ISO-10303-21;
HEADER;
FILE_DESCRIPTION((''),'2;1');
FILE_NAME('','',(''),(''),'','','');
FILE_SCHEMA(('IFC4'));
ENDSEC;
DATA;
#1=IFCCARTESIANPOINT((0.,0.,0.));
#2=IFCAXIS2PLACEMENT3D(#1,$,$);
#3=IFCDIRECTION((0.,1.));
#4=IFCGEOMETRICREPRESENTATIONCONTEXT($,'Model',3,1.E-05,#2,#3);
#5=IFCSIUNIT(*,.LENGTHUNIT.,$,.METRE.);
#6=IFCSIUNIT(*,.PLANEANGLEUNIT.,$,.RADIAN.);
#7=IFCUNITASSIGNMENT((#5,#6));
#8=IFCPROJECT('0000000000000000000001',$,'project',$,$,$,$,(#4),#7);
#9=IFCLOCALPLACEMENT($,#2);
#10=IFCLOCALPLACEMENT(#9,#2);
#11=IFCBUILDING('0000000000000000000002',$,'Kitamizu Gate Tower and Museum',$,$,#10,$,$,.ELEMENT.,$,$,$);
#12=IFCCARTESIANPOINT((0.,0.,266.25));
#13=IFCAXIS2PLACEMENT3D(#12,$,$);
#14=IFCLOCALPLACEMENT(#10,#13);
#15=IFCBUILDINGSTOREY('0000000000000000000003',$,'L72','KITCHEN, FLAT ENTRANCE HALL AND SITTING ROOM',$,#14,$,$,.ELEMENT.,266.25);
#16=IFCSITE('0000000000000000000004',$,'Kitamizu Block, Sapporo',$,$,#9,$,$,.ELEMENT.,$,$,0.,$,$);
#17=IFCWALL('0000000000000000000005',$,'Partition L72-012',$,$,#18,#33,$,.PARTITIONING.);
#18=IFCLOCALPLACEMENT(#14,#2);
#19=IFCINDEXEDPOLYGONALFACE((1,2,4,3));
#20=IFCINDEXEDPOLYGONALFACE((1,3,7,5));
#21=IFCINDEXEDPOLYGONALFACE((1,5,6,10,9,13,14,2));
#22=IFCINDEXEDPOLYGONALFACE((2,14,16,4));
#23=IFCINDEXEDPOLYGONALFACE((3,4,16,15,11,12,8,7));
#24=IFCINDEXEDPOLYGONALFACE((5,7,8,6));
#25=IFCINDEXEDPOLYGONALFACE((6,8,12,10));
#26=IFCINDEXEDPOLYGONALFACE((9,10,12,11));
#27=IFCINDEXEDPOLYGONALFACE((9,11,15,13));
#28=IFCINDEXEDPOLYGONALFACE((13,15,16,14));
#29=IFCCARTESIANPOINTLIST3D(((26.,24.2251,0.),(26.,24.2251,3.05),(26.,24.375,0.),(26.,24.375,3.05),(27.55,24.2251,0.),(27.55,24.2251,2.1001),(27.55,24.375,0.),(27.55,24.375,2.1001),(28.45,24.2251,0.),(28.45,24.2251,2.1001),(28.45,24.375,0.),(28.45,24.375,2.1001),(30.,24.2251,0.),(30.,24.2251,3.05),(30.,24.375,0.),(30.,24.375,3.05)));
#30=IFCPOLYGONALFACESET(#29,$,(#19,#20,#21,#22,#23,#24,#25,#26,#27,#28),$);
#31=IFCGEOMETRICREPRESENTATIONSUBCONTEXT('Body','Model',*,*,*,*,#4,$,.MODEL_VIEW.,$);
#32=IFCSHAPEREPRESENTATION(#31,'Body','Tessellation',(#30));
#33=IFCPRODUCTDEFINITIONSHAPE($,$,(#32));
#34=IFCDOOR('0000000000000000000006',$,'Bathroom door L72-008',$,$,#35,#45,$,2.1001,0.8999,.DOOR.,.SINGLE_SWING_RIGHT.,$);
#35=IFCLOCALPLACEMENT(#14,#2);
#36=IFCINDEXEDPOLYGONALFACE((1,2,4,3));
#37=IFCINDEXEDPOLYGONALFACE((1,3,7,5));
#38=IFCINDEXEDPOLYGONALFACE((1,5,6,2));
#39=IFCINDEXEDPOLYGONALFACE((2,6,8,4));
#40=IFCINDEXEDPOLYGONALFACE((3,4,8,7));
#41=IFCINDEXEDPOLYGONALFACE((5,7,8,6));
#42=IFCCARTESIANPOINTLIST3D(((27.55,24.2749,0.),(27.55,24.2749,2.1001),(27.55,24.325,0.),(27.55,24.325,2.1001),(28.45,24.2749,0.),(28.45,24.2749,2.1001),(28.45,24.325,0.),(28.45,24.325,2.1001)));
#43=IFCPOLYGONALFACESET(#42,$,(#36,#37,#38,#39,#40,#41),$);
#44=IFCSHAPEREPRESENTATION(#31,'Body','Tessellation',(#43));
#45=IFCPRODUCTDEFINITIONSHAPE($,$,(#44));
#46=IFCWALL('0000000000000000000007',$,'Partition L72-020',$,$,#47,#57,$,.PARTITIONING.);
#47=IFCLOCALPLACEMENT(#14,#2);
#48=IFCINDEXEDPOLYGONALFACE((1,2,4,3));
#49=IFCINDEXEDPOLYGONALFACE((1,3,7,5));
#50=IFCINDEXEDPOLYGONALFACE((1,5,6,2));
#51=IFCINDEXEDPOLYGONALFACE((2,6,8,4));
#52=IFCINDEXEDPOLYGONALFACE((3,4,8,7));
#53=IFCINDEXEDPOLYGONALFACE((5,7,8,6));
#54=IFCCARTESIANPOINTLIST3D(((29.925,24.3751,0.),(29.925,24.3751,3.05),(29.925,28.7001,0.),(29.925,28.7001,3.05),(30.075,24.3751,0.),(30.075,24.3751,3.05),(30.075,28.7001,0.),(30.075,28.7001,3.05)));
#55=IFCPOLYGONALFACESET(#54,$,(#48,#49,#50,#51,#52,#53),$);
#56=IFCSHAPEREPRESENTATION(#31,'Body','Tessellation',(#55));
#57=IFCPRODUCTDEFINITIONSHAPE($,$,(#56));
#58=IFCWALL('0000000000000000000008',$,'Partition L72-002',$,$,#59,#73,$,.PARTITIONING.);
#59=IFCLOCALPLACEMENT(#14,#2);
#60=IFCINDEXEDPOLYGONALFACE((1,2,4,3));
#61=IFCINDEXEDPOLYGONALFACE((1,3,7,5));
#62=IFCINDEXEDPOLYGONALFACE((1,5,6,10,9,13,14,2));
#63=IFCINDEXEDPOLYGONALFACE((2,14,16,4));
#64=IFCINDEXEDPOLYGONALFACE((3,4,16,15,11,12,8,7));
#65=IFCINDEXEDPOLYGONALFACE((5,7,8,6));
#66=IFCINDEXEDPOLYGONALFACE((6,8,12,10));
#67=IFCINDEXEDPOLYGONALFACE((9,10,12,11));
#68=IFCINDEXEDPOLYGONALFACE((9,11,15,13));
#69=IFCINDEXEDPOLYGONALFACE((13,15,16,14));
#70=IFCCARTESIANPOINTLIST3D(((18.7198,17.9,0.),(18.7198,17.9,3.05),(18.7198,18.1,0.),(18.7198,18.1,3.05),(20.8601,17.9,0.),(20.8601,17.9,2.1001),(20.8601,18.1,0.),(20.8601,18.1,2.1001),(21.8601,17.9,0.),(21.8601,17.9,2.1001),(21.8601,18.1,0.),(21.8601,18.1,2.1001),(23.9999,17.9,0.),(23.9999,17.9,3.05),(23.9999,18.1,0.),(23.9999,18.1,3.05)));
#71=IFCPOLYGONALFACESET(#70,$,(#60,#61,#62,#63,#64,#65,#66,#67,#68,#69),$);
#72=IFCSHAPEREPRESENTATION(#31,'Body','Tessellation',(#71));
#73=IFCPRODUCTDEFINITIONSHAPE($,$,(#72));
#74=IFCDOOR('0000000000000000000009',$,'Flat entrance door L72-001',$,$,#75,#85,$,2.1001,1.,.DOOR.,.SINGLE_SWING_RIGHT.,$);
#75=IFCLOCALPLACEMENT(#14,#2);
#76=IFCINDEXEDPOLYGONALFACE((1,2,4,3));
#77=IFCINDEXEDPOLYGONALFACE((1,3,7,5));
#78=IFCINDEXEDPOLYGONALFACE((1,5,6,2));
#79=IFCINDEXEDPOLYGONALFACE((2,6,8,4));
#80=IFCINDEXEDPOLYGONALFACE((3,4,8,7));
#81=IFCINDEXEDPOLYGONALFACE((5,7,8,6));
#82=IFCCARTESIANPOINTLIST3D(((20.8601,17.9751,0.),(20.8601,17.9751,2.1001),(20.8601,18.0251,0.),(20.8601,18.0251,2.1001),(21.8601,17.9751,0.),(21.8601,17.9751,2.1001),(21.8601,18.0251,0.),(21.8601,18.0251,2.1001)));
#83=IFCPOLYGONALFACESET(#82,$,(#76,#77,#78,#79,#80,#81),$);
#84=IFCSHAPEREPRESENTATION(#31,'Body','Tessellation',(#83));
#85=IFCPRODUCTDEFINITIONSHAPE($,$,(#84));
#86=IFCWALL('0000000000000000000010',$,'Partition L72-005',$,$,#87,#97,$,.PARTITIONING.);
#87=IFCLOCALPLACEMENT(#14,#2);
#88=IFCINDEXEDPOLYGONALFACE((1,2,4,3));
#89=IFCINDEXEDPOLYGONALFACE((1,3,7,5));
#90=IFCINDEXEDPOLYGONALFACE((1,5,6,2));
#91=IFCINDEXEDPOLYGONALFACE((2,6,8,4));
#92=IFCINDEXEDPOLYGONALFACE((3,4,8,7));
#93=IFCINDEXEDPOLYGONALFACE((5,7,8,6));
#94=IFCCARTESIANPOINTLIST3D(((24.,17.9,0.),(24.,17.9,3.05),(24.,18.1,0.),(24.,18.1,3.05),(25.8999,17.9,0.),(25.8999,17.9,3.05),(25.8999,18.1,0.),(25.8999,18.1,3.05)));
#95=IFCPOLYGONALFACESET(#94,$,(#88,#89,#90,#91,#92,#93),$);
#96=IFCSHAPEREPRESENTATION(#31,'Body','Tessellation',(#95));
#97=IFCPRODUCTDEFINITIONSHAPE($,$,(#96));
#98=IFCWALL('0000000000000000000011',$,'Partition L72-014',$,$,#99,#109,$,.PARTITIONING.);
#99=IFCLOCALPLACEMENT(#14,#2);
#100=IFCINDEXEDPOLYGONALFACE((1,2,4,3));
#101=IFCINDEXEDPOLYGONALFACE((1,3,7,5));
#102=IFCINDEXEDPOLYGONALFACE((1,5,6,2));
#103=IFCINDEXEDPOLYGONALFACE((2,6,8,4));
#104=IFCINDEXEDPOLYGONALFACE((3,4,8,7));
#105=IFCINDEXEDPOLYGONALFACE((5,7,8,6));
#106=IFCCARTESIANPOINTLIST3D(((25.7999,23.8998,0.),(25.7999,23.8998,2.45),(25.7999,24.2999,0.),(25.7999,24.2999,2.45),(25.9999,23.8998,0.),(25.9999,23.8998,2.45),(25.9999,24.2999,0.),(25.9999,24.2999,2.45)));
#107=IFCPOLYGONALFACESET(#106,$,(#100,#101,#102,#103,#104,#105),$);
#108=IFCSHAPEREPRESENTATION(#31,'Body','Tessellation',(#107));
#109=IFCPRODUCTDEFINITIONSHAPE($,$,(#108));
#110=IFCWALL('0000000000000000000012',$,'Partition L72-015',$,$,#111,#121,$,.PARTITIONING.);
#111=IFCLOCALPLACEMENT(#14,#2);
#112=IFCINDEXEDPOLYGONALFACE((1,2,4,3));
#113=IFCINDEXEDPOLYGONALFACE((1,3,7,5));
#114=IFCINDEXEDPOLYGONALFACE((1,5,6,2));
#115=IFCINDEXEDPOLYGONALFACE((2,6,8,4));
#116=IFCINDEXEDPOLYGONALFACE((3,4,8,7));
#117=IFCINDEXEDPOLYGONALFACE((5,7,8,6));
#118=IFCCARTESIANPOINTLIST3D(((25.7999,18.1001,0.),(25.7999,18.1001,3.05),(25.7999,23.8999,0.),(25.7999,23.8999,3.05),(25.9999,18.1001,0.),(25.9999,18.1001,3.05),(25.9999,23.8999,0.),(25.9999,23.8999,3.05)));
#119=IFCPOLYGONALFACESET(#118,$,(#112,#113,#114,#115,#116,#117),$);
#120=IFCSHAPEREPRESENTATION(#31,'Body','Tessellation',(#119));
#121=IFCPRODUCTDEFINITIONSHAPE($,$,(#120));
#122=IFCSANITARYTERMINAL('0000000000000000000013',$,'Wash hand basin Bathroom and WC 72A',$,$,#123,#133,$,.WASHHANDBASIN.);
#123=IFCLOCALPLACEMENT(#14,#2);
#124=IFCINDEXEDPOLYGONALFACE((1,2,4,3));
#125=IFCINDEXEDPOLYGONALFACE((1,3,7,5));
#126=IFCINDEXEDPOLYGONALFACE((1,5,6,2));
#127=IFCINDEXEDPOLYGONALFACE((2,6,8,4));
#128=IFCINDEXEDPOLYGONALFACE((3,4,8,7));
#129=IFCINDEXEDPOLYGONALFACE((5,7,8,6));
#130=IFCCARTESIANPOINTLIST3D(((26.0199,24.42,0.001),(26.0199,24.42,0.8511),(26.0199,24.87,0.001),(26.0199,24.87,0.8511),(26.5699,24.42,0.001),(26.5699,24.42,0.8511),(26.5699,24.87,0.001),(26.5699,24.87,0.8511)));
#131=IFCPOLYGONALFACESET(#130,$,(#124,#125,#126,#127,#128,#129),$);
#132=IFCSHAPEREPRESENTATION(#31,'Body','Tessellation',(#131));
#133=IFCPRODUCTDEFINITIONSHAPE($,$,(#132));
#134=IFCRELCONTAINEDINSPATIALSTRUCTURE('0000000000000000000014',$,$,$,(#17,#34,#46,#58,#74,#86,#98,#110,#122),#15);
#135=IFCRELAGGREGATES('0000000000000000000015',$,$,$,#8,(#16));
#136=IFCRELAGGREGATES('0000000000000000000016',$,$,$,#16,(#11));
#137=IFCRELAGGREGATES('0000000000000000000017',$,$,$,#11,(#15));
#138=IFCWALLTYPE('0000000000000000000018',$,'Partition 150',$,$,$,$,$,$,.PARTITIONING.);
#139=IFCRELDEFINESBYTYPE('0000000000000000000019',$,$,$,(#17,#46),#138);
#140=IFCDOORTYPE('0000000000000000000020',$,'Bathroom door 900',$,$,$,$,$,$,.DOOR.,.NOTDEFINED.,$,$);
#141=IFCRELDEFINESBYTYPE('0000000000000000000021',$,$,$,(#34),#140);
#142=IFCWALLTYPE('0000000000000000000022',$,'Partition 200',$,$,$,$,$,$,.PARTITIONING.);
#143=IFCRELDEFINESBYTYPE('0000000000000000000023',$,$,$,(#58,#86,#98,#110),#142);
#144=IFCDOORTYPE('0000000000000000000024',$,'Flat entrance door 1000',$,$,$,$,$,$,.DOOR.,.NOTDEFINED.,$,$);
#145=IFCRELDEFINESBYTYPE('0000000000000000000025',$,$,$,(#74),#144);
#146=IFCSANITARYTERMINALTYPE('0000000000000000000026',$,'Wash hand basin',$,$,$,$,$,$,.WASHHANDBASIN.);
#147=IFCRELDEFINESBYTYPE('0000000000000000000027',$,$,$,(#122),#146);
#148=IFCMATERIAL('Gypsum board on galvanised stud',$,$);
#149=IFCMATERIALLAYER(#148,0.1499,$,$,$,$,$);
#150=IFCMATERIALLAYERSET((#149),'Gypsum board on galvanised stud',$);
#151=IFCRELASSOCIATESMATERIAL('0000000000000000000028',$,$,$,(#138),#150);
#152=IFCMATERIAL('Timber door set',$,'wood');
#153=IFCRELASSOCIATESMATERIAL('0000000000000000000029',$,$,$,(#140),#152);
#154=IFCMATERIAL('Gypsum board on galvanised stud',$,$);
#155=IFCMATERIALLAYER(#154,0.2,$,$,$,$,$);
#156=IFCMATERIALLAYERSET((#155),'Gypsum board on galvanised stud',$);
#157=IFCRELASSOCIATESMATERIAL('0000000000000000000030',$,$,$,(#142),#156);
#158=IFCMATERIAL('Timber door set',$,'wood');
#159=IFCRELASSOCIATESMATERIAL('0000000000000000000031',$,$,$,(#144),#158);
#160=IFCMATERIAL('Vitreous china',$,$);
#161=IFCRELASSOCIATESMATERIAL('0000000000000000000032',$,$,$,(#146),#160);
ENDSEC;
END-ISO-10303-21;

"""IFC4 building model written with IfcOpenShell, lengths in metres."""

from ifc_helpers import new_model, si_unit, direction, frame, frame_2d, origin, origin_2d, place, context, subcontext, project, spatial, rectangle, extrude, material, layer, layer_set, type_object, element, fill, save


model = new_model("IFC4")

# Units and contexts
model_context = context("Model", 3, precision=1e-05, world=origin(), true_north=direction((0.0, 1.0)))
body_context = subcontext(model_context, "Body", "Model", "MODEL_VIEW")
ifc_project = project(units=[si_unit("LENGTHUNIT", "METRE"), si_unit("PLANEANGLEUNIT", "RADIAN")], contexts=[model_context])

# Site, building, storey
site_placement = place(None, origin())
site = spatial("IfcSite", under=ifc_project, at=site_placement, Name="Kitamizu Block, Sapporo", CompositionType="ELEMENT", RefElevation=0.0)
building_placement = place(site_placement, origin())
building = spatial("IfcBuilding", under=site, at=building_placement, Name="Kitamizu Gate Tower and Museum", CompositionType="ELEMENT")
storey_placement = place(building_placement, frame((0.0, 0.0, 266.25)))
storey = spatial("IfcBuildingStorey", under=building, at=storey_placement, Name="L72", Description="KITCHEN, FLAT ENTRANCE HALL AND SITTING ROOM", CompositionType="ELEMENT", Elevation=266.25)

# Wall, opening, door
ifc_material_1 = material(Name="Gypsum board on galvanised stud")
ifc_layer_1 = layer(ifc_material_1, 0.1499)
ifc_layer_set_1 = layer_set([ifc_layer_1], Name="Gypsum board on galvanised stud")
wall_type_1 = type_object("IfcWallType", Name="Partition 150", PredefinedType="PARTITIONING", material=ifc_layer_set_1)
wall_1_placement = place(storey_placement, frame((30.0, 24.3, 0.0), z_axis=(0.0, 0.0, 1.0), x_axis=(-1.0, 0.0, 0.0)))
wall_1 = element("IfcWall", 1, at=wall_1_placement, inside=storey, type_object=wall_type_1, Name="Partition L72-012", PredefinedType="PARTITIONING", context=body_context, shape_type="SweptSolid", body=[
    extrude(rectangle(XDim=4.0, YDim=0.1499, at=frame_2d((2.0, 0.0))), origin(), (0.0, 0.0, 1.0), 3.05),
])
opening_1_placement = place(wall_1_placement, frame((1.55, 0.0, 0.0)))
opening_1 = element("IfcOpeningElement", 2, at=opening_1_placement, cuts=wall_1, PredefinedType="OPENING", context=body_context, shape_type="SweptSolid", body=[
    extrude(rectangle(XDim=0.8999, YDim=2.1001, at=frame_2d((0.45, 1.05))), frame((0.0, 0.085, 0.0), z_axis=(0.0, -1.0, 0.0), x_axis=(1.0, 0.0, 0.0)), (0.0, 0.0, 1.0), 0.1699),
])
ifc_material_2 = material(Name="Timber door set", Category="wood")
door_type_1 = type_object("IfcDoorType", Name="Bathroom door 900", OperationType="NOTDEFINED", PredefinedType="DOOR", material=ifc_material_2)
door_1_placement = place(opening_1_placement, frame((0.8999, 0.0, 0.0), x_axis=(-1.0, 0.0, 0.0)))
door_1 = element("IfcDoor", 3, at=door_1_placement, inside=storey, type_object=door_type_1, Name="Bathroom door L72-008", OperationType="SINGLE_SWING_RIGHT", OverallHeight=2.1001, OverallWidth=0.8999, PredefinedType="DOOR", context=body_context, shape_type="SweptSolid", body=[
    extrude(rectangle(XDim=0.8999, YDim=2.1001, at=frame_2d((0.45, 1.05))), frame((0.0, 0.0249, 0.0), z_axis=(0.0, -1.0, 0.0), x_axis=(1.0, 0.0, 0.0)), (0.0, 0.0, 1.0), 0.05),
])
fill(opening_1, door_1)

# Wall
wall_2_placement = place(storey_placement, frame((30.0, 24.375, 0.0), z_axis=(0.0, 0.0, 1.0), x_axis=(0.0, 1.0, 0.0)))
element("IfcWall", 4, at=wall_2_placement, inside=storey, type_object=wall_type_1, Name="Partition L72-020", PredefinedType="PARTITIONING", context=body_context, shape_type="SweptSolid", body=[
    extrude(rectangle(XDim=4.325, YDim=0.1499, at=frame_2d((2.1626, 0.0))), origin(), (0.0, 0.0, 1.0), 3.05),
])

# Wall, opening, door
ifc_material_3 = material(Name="Gypsum board on galvanised stud")
ifc_layer_2 = layer(ifc_material_3, 0.2)
ifc_layer_set_2 = layer_set([ifc_layer_2], Name="Gypsum board on galvanised stud")
wall_type_2 = type_object("IfcWallType", Name="Partition 200", PredefinedType="PARTITIONING", material=ifc_layer_set_2)
wall_3_placement = place(storey_placement, frame((24.0, 18.0, 0.0), z_axis=(0.0, 0.0, 1.0), x_axis=(-1.0, 0.0, 0.0)))
wall_3 = element("IfcWall", 5, at=wall_3_placement, inside=storey, type_object=wall_type_2, Name="Partition L72-002", PredefinedType="PARTITIONING", context=body_context, shape_type="SweptSolid", body=[
    extrude(rectangle(XDim=5.28, YDim=0.2, at=frame_2d((2.6401, 0.0))), origin(), (0.0, 0.0, 1.0), 3.05),
])
opening_2_placement = place(wall_3_placement, frame((2.1399, 0.0, 0.0)))
opening_2 = element("IfcOpeningElement", 6, at=opening_2_placement, cuts=wall_3, PredefinedType="OPENING", context=body_context, shape_type="SweptSolid", body=[
    extrude(rectangle(XDim=1.0, YDim=2.1001, at=frame_2d((0.5, 1.05))), frame((0.0, 0.1099, 0.0), z_axis=(0.0, -1.0, 0.0), x_axis=(1.0, 0.0, 0.0)), (0.0, 0.0, 1.0), 0.22),
])
ifc_material_4 = material(Name="Timber door set", Category="wood")
door_type_2 = type_object("IfcDoorType", Name="Flat entrance door 1000", OperationType="NOTDEFINED", PredefinedType="DOOR", material=ifc_material_4)
door_2_placement = place(opening_2_placement, origin())
door_2 = element("IfcDoor", 7, at=door_2_placement, inside=storey, type_object=door_type_2, Name="Flat entrance door L72-001", OperationType="SINGLE_SWING_RIGHT", OverallHeight=2.1001, OverallWidth=1.0, PredefinedType="DOOR", context=body_context, shape_type="SweptSolid", body=[
    extrude(rectangle(XDim=1.0, YDim=2.1001, at=frame_2d((0.5, 1.05))), frame((0.0, 0.0249, 0.0), z_axis=(0.0, -1.0, 0.0), x_axis=(1.0, 0.0, 0.0)), (0.0, 0.0, 1.0), 0.05),
])
fill(opening_2, door_2)

# Walls
wall_4_placement = place(storey_placement, frame((25.8999, 18.0, 0.0), z_axis=(0.0, 0.0, 1.0), x_axis=(-1.0, 0.0, 0.0)))
element("IfcWall", 8, at=wall_4_placement, inside=storey, type_object=wall_type_2, Name="Partition L72-005", PredefinedType="PARTITIONING", context=body_context, shape_type="SweptSolid", body=[
    extrude(rectangle(XDim=1.8999, YDim=0.2, at=frame_2d((0.95, 0.0))), origin(), (0.0, 0.0, 1.0), 3.05),
])
wall_5_placement = place(storey_placement, frame((25.8999, 24.3, 0.0), z_axis=(0.0, 0.0, 1.0), x_axis=(0.0, -1.0, 0.0)))
element("IfcWall", 9, at=wall_5_placement, inside=storey, type_object=wall_type_2, Name="Partition L72-014", PredefinedType="PARTITIONING", context=body_context, shape_type="SweptSolid", body=[
    extrude(rectangle(XDim=0.4001, YDim=0.2, at=frame_2d((0.2002, 0.0))), origin(), (0.0, 0.0, 1.0), 2.45),
])
wall_6_placement = place(storey_placement, frame((25.8999, 23.8999, 0.0), z_axis=(0.0, 0.0, 1.0), x_axis=(0.0, -1.0, 0.0)))
element("IfcWall", 10, at=wall_6_placement, inside=storey, type_object=wall_type_2, Name="Partition L72-015", PredefinedType="PARTITIONING", context=body_context, shape_type="SweptSolid", body=[
    extrude(rectangle(XDim=5.7998, YDim=0.2, at=frame_2d((2.8999, 0.0))), origin(), (0.0, 0.0, 1.0), 3.05),
])

# Sanitary terminal
ifc_material_5 = material(Name="Vitreous china")
sanitary_terminal_type = type_object("IfcSanitaryTerminalType", Name="Wash hand basin", PredefinedType="WASHHANDBASIN", material=ifc_material_5)
sanitary_terminal_placement = place(storey_placement, frame((26.2949, 24.645, 0.001), z_axis=(0.0, 0.0, 1.0), x_axis=(1.0, 0.0, 0.0)))
element("IfcSanitaryTerminal", 11, at=sanitary_terminal_placement, inside=storey, type_object=sanitary_terminal_type, Name="Wash hand basin Bathroom and WC 72A", PredefinedType="WASHHANDBASIN", context=body_context, shape_type="SweptSolid", body=[
    extrude(rectangle(XDim=0.55, YDim=0.45, at=origin_2d()), origin(), (0.0, 0.0, 1.0), 0.8501),
])

save(model, "model.ifc")
